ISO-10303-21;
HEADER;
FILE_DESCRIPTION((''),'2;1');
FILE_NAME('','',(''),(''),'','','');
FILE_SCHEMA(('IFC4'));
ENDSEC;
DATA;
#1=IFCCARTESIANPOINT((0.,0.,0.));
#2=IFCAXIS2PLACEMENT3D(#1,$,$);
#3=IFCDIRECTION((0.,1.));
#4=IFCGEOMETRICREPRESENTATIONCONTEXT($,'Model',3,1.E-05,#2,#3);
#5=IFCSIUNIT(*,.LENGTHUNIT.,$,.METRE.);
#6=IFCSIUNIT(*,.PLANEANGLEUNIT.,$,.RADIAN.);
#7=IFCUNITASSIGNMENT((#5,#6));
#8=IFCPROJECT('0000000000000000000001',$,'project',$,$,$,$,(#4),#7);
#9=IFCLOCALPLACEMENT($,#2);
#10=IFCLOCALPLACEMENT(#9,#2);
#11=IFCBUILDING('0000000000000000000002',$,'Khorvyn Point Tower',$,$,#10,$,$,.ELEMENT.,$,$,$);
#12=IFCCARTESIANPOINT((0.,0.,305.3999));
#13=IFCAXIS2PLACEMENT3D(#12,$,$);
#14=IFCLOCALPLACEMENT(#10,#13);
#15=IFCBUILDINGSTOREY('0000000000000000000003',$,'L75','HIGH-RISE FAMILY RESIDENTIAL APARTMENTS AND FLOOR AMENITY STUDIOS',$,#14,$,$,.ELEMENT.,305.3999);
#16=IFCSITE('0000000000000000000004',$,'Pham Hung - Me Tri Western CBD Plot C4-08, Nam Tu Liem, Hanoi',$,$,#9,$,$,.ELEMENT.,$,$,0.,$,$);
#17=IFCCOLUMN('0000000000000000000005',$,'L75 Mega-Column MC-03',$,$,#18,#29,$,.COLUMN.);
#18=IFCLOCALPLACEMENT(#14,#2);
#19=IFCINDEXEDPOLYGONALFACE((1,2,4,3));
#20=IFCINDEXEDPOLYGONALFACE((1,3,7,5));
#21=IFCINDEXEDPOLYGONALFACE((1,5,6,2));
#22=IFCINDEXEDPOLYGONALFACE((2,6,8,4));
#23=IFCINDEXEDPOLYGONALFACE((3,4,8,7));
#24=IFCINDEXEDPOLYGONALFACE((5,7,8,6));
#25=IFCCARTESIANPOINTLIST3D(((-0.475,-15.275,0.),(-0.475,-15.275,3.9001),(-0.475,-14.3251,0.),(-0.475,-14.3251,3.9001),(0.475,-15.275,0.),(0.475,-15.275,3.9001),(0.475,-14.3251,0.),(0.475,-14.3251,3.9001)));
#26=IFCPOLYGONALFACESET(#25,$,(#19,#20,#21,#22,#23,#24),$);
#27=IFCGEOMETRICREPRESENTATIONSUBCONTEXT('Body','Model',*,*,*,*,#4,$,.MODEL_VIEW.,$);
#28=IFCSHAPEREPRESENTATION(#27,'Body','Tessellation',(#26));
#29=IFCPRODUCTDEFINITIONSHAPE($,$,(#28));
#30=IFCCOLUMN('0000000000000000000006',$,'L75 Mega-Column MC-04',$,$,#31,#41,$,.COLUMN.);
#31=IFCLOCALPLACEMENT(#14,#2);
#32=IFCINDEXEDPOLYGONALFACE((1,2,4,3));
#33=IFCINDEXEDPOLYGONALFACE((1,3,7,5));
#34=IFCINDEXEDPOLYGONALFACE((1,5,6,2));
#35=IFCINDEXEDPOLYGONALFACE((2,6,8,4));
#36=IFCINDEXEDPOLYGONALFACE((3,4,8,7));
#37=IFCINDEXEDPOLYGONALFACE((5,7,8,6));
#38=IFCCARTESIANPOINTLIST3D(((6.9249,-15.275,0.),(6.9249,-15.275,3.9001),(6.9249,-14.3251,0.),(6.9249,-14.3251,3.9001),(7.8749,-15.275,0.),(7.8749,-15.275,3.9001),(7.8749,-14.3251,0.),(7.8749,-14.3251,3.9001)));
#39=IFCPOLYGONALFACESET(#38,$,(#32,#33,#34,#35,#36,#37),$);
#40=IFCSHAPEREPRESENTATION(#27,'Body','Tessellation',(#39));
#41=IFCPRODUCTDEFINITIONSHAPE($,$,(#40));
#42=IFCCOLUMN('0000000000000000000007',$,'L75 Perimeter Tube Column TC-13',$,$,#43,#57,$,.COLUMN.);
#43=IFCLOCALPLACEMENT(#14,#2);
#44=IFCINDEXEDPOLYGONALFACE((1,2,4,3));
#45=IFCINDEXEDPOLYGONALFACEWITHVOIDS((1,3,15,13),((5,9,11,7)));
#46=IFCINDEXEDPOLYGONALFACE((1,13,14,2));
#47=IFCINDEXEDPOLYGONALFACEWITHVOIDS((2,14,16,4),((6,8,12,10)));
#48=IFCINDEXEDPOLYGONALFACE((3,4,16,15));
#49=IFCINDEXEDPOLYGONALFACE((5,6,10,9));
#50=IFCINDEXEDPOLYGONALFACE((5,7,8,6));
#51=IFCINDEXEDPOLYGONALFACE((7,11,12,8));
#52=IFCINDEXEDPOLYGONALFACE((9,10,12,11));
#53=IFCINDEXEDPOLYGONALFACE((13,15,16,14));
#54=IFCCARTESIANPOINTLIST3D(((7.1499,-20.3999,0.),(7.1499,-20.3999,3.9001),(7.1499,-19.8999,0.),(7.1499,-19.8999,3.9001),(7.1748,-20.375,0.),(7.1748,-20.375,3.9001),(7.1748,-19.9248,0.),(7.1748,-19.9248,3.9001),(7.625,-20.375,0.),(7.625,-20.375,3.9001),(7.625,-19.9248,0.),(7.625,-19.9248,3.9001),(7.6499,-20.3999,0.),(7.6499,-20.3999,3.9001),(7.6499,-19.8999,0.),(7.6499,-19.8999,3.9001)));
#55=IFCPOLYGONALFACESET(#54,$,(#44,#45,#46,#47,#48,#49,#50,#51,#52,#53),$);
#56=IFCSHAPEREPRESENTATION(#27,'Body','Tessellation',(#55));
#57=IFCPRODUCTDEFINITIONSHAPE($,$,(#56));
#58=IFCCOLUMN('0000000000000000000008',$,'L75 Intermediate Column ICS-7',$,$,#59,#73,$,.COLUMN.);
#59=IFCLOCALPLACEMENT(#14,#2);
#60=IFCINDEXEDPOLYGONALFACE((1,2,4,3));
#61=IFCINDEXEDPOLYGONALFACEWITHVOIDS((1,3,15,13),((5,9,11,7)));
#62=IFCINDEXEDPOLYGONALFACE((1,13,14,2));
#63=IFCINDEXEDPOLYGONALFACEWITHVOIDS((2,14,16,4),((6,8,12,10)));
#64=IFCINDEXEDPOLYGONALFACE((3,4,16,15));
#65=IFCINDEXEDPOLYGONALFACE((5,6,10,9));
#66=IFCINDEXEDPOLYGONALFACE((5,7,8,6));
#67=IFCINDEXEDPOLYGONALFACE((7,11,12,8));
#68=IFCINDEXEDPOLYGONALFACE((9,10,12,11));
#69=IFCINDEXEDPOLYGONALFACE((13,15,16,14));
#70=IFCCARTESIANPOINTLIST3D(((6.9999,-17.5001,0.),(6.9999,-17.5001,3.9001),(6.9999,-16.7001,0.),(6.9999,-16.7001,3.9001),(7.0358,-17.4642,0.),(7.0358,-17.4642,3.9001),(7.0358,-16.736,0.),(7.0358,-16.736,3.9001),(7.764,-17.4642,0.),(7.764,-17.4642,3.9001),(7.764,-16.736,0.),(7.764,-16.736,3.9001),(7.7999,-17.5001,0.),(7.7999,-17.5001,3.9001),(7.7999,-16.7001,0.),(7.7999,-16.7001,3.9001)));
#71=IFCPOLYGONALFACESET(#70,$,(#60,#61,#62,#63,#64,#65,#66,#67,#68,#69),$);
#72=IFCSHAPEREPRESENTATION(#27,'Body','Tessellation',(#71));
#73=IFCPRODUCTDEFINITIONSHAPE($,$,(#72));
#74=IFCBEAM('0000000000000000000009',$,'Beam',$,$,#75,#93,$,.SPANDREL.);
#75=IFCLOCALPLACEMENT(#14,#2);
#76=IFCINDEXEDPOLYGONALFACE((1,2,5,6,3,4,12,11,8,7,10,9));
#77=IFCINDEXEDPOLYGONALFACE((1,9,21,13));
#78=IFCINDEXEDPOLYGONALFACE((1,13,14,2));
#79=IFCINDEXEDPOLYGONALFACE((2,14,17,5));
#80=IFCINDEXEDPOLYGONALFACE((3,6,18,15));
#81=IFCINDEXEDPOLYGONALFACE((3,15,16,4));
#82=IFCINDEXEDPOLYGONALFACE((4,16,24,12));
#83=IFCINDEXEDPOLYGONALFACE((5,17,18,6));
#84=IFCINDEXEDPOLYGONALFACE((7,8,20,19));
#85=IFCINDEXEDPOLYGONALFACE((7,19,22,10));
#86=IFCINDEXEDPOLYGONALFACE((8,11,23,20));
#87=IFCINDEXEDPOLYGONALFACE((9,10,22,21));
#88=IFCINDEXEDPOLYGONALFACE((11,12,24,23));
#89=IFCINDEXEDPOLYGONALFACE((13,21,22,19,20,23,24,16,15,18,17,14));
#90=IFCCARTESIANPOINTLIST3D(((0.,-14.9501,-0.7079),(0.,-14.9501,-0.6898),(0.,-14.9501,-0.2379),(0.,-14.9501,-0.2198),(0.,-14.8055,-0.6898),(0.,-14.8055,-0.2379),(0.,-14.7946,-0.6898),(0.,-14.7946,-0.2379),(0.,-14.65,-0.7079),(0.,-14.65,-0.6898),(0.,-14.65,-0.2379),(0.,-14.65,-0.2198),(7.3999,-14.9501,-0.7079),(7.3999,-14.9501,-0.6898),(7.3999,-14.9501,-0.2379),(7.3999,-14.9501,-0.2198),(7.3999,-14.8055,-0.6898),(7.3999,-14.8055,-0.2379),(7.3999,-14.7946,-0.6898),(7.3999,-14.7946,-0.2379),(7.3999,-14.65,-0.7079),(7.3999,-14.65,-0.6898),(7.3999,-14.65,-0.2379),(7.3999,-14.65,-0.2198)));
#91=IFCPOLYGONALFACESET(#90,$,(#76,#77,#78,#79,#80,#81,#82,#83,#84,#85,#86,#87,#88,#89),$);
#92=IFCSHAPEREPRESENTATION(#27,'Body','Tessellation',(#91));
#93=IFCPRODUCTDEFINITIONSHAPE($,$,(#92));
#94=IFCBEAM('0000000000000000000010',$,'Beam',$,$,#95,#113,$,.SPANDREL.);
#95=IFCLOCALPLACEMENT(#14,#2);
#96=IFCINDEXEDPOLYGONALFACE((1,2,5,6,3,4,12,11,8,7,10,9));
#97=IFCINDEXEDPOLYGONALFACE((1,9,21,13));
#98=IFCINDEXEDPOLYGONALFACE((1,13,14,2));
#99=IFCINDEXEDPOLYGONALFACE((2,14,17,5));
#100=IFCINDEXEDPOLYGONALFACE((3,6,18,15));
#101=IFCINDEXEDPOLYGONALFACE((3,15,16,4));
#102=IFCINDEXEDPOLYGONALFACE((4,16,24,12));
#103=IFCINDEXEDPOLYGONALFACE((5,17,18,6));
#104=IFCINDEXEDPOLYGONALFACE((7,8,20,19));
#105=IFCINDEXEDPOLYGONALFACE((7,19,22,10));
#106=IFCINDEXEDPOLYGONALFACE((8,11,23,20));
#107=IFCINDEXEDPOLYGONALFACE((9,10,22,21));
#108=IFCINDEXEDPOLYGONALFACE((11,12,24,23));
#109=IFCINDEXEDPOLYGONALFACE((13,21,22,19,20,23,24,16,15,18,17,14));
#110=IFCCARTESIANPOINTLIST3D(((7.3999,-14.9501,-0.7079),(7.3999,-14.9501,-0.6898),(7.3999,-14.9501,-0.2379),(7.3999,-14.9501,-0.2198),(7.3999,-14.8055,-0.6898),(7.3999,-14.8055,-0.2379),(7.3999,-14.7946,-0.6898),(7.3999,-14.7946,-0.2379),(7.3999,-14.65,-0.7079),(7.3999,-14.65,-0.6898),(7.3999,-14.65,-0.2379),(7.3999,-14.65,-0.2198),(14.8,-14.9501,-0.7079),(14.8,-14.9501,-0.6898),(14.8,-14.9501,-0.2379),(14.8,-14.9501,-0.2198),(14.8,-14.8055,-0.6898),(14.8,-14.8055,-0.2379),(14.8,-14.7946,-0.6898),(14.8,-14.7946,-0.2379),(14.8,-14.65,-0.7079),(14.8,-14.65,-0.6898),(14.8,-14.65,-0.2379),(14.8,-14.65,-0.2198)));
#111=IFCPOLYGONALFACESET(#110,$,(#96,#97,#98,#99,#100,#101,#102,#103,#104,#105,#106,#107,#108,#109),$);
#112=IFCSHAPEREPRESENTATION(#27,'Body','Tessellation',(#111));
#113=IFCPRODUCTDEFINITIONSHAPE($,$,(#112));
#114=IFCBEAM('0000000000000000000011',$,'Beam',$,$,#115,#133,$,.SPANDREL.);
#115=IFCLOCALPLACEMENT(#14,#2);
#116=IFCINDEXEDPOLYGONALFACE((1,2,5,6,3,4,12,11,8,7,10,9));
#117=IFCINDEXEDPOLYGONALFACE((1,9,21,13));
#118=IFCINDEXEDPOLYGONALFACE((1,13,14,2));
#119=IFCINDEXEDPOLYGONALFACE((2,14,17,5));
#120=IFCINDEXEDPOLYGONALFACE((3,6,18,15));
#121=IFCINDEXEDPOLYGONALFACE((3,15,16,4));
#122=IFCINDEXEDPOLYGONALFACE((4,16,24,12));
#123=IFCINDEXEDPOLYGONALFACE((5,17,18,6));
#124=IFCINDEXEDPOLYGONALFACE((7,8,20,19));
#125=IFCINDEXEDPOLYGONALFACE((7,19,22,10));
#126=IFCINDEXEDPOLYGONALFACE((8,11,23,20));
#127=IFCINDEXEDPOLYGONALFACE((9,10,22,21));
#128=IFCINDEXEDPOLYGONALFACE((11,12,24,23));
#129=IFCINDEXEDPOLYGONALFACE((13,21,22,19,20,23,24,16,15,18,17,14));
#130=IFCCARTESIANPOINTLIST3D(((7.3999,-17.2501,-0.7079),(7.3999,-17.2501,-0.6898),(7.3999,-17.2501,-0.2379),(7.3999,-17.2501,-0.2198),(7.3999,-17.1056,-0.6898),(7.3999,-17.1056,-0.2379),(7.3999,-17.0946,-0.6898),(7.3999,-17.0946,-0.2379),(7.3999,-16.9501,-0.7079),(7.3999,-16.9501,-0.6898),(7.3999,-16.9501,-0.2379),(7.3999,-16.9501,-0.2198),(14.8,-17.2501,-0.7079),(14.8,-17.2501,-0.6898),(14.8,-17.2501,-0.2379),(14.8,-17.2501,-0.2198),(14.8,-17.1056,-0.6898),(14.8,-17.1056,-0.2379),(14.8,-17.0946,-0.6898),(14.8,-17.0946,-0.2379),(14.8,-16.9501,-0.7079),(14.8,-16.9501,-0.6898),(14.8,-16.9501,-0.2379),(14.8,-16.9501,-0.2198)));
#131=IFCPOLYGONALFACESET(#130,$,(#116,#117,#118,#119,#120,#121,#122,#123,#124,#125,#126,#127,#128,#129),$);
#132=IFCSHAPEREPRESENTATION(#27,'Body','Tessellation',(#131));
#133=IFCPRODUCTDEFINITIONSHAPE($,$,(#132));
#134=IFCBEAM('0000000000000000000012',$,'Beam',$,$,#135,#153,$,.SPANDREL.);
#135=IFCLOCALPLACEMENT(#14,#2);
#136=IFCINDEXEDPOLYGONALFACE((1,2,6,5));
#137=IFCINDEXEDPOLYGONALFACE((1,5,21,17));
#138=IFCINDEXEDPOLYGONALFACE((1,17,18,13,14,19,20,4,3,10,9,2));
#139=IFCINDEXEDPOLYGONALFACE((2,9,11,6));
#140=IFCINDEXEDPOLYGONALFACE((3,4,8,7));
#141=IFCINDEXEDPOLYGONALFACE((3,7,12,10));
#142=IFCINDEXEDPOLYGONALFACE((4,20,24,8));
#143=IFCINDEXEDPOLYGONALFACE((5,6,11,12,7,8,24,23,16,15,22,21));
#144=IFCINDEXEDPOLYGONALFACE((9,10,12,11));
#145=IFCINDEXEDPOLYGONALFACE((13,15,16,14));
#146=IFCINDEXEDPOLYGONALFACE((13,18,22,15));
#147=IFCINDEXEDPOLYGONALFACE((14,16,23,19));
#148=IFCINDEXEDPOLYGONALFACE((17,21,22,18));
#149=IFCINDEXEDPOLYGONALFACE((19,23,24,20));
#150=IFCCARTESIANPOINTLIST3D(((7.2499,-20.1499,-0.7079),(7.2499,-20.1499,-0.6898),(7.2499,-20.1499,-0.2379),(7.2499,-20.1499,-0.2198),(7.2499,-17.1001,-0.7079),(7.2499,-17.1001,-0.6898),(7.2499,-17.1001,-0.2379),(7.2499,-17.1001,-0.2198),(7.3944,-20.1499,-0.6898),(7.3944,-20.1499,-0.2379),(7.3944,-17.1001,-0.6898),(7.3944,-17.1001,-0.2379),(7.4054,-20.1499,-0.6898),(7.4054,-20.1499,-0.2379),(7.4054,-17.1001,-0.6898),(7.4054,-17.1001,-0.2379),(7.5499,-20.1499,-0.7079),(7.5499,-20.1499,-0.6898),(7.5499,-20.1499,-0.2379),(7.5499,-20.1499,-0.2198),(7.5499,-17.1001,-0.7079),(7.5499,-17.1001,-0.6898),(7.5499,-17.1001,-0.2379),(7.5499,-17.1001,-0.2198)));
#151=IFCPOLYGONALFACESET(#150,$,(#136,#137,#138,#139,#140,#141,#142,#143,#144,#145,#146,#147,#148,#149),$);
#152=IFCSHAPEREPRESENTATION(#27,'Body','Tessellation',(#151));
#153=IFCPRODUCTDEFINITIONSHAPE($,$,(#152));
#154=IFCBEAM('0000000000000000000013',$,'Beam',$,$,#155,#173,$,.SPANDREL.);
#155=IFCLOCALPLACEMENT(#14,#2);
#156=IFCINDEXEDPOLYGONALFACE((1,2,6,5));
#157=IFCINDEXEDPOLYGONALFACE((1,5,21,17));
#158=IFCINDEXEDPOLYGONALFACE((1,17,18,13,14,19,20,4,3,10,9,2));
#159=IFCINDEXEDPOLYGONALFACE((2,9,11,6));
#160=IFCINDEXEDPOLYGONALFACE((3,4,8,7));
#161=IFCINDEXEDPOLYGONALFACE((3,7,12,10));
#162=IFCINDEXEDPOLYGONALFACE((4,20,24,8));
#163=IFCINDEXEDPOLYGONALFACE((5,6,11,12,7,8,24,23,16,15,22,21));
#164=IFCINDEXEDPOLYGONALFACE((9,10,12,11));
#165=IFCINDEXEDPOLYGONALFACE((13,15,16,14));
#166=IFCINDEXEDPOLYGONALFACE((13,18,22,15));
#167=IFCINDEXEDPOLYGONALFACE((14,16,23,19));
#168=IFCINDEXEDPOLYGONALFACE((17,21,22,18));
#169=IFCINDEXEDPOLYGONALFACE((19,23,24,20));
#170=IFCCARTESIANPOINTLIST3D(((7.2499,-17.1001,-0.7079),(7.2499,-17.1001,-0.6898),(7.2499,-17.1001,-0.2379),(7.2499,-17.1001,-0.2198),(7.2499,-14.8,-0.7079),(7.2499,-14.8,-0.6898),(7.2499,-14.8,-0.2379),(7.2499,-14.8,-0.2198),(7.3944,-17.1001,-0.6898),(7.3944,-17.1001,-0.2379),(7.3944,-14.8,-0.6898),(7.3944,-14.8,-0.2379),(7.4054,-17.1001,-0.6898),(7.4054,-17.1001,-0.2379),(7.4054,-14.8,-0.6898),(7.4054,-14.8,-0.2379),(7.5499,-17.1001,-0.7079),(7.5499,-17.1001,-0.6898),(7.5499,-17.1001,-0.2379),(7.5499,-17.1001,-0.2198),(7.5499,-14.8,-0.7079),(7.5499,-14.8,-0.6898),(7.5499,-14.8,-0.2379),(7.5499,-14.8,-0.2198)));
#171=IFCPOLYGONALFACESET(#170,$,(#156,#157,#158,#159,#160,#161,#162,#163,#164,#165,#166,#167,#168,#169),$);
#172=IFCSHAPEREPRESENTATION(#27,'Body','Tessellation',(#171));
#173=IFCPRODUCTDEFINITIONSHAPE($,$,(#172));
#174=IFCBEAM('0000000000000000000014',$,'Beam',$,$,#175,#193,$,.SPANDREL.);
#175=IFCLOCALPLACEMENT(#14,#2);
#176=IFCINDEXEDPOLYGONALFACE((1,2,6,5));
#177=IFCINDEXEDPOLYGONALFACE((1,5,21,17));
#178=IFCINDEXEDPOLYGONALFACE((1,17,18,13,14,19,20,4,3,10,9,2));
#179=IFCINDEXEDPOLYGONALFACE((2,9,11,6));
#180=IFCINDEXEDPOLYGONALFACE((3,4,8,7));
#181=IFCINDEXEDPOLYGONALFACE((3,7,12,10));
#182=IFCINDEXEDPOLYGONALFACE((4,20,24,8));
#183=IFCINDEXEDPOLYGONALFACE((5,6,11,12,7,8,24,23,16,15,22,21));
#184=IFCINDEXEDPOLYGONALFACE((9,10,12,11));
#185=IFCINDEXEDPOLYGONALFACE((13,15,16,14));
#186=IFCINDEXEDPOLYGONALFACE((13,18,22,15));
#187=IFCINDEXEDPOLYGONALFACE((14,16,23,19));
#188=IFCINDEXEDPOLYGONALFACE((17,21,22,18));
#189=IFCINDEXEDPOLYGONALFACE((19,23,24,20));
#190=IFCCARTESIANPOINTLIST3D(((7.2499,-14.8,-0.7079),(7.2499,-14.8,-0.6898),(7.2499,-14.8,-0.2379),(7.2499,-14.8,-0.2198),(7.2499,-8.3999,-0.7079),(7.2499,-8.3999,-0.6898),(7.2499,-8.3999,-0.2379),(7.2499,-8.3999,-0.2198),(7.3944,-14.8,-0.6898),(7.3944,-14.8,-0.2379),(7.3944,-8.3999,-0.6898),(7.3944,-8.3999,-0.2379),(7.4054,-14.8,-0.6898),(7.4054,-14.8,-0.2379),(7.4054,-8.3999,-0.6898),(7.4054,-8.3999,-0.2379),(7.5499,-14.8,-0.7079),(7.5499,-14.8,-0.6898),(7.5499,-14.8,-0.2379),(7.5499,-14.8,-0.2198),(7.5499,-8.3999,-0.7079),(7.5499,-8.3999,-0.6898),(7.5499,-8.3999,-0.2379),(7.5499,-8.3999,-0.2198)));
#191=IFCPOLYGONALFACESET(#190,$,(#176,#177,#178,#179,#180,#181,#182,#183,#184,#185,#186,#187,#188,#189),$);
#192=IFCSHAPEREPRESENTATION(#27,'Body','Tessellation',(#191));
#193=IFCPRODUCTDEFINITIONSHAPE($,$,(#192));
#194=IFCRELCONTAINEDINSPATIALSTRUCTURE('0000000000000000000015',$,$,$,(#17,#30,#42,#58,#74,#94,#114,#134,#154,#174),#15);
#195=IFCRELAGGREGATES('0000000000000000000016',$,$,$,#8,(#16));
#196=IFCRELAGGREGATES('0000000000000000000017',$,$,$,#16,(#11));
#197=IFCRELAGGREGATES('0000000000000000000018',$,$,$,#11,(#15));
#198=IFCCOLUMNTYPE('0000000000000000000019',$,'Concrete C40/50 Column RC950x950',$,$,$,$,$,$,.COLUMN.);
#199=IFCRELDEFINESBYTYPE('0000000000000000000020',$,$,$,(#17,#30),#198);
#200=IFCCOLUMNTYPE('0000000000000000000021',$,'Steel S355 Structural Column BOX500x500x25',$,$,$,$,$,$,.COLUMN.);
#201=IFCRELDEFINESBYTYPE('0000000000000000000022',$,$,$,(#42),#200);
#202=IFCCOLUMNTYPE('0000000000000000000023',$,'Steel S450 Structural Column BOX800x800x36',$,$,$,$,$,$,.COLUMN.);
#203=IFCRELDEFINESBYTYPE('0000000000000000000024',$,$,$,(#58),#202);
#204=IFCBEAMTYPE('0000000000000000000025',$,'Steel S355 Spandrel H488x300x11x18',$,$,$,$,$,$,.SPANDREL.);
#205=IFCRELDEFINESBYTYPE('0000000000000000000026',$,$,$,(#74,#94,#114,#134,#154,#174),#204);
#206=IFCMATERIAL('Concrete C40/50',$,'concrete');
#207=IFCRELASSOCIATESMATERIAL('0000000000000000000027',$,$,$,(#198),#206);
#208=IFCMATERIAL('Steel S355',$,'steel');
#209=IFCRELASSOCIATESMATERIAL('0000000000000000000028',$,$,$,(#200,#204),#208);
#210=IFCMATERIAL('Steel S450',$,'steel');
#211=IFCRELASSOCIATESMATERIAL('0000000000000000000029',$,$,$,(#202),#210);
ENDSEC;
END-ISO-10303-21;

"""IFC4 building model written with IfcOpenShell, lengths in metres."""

from ifc_helpers import new_model, si_unit, direction, frame, origin, origin_2d, place, context, subcontext, project, spatial, rectangle, hollow_rectangle, i_section, extrude, material, material_profile, profile_set, type_object, element, save


model = new_model("IFC4")

# Units and contexts
model_context = context("Model", 3, precision=1e-05, world=origin(), true_north=direction((0.0, 1.0)))
body_context = subcontext(model_context, "Body", "Model", "MODEL_VIEW")
ifc_project = project(units=[si_unit("LENGTHUNIT", "METRE"), si_unit("PLANEANGLEUNIT", "RADIAN")], contexts=[model_context])

# Site, building, storey
site_placement = place(None, origin())
site = spatial("IfcSite", under=ifc_project, at=site_placement, Name="Pham Hung - Me Tri Western CBD Plot C4-08, Nam Tu Liem, Hanoi", CompositionType="ELEMENT", RefElevation=0.0)
building_placement = place(site_placement, origin())
building = spatial("IfcBuilding", under=site, at=building_placement, Name="Khorvyn Point Tower", CompositionType="ELEMENT")
storey_placement = place(building_placement, frame((0.0, 0.0, 305.3999)))
storey = spatial("IfcBuildingStorey", under=building, at=storey_placement, Name="L75", Description="HIGH-RISE FAMILY RESIDENTIAL APARTMENTS AND FLOOR AMENITY STUDIOS", CompositionType="ELEMENT", Elevation=305.3999)

# Columns
ifc_material_1 = material(Name="Concrete C40/50", Category="concrete")
ifc_material_profile_1 = material_profile(ifc_material_1, rectangle(XDim=0.95, YDim=0.95, at=origin_2d()))
ifc_profile_set_1 = profile_set([ifc_material_profile_1], Name="Concrete C40/50 RC950x950")
column_type_1 = type_object("IfcColumnType", Name="Concrete C40/50 Column RC950x950", PredefinedType="COLUMN", material=ifc_profile_set_1)
for number, where, z_axis, x_axis, name in (
    (1, (0.0, -14.8, 0.0), (0.0, 0.0, 1.0), (1.0, 0.0, 0.0), "L75 Mega-Column MC-03"),
    (2, (7.3999, -14.8, 0.0), (0.0, 0.0, 1.0), (1.0, 0.0, 0.0), "L75 Mega-Column MC-04"),
):
    element("IfcColumn", number, at=place(storey_placement, frame(where, z_axis=z_axis, x_axis=x_axis)), inside=storey, type_object=column_type_1, Name=name, PredefinedType="COLUMN", context=body_context, shape_type="SweptSolid", body=[
        extrude(rectangle(XDim=0.95, YDim=0.95, at=origin_2d()), origin(), (0.0, 0.0, 1.0), 3.9001),
    ])
ifc_material_2 = material(Name="Steel S355", Category="steel")
ifc_material_profile_2 = material_profile(ifc_material_2, hollow_rectangle(XDim=0.5, YDim=0.5, WallThickness=0.0249, at=origin_2d()))
ifc_profile_set_2 = profile_set([ifc_material_profile_2], Name="Steel S355 BOX500x500x25")
column_type_2 = type_object("IfcColumnType", Name="Steel S355 Structural Column BOX500x500x25", PredefinedType="COLUMN", material=ifc_profile_set_2)
column_1_placement = place(storey_placement, frame((7.3999, -20.1499, 0.0), z_axis=(0.0, 0.0, 1.0), x_axis=(1.0, 0.0, 0.0)))
element("IfcColumn", 3, at=column_1_placement, inside=storey, type_object=column_type_2, Name="L75 Perimeter Tube Column TC-13", PredefinedType="COLUMN", context=body_context, shape_type="SweptSolid", body=[
    extrude(hollow_rectangle(XDim=0.5, YDim=0.5, WallThickness=0.0249, at=origin_2d()), origin(), (0.0, 0.0, 1.0), 3.9001),
])
ifc_material_3 = material(Name="Steel S450", Category="steel")
ifc_material_profile_3 = material_profile(ifc_material_3, hollow_rectangle(XDim=0.8, YDim=0.8, WallThickness=0.0359, at=origin_2d()))
ifc_profile_set_3 = profile_set([ifc_material_profile_3], Name="Steel S450 BOX800x800x36")
column_type_3 = type_object("IfcColumnType", Name="Steel S450 Structural Column BOX800x800x36", PredefinedType="COLUMN", material=ifc_profile_set_3)
column_2_placement = place(storey_placement, frame((7.3999, -17.1001, 0.0), z_axis=(0.0, 0.0, 1.0), x_axis=(1.0, 0.0, 0.0)))
element("IfcColumn", 4, at=column_2_placement, inside=storey, type_object=column_type_3, Name="L75 Intermediate Column ICS-7", PredefinedType="COLUMN", context=body_context, shape_type="SweptSolid", body=[
    extrude(hollow_rectangle(XDim=0.8, YDim=0.8, WallThickness=0.0359, at=origin_2d()), origin(), (0.0, 0.0, 1.0), 3.9001),
])

# Beams
ifc_material_profile_4 = material_profile(ifc_material_2, i_section(OverallWidth=0.3, OverallDepth=0.488, WebThickness=0.011, FlangeThickness=0.0181, at=origin_2d()))
ifc_profile_set_4 = profile_set([ifc_material_profile_4], Name="Steel S355 H488x300x11x18")
beam_type_1 = type_object("IfcBeamType", Name="Steel S355 Spandrel H488x300x11x18", PredefinedType="SPANDREL", material=ifc_profile_set_4)
beam_1_placement = place(storey_placement, frame((0.0, -14.8, -0.4639), z_axis=(1.0, 0.0, 0.0), x_axis=(0.0, 1.0, 0.0)))
element("IfcBeam", 5, at=beam_1_placement, inside=storey, type_object=beam_type_1, Name="Beam", PredefinedType="SPANDREL", context=body_context, shape_type="SweptSolid", body=[
    extrude(i_section(OverallWidth=0.3, OverallDepth=0.488, WebThickness=0.011, FlangeThickness=0.0181, at=origin_2d()), origin(), (0.0, 0.0, 1.0), 7.3999),
])
for number, where, z_axis, x_axis, name in (
    (6, (7.3999, -14.8, -0.4639), (1.0, 0.0, 0.0), (0.0, 1.0, 0.0), "Beam"),
    (7, (7.3999, -17.1001, -0.4639), (1.0, 0.0, 0.0), (0.0, 1.0, 0.0), "Beam"),
):
    element("IfcBeam", number, at=place(storey_placement, frame(where, z_axis=z_axis, x_axis=x_axis)), inside=storey, type_object=beam_type_1, Name=name, PredefinedType="SPANDREL", context=body_context, shape_type="SweptSolid", body=[
        extrude(i_section(OverallWidth=0.3, OverallDepth=0.488, WebThickness=0.011, FlangeThickness=0.0181, at=origin_2d()), origin(), (0.0, 0.0, 1.0), 7.4001),
    ])
beam_2_placement = place(storey_placement, frame((7.3999, -20.1499, -0.4639), z_axis=(0.0, 1.0, 0.0), x_axis=(-1.0, 0.0, 0.0)))
element("IfcBeam", 8, at=beam_2_placement, inside=storey, type_object=beam_type_1, Name="Beam", PredefinedType="SPANDREL", context=body_context, shape_type="SweptSolid", body=[
    extrude(i_section(OverallWidth=0.3, OverallDepth=0.488, WebThickness=0.011, FlangeThickness=0.0181, at=origin_2d()), origin(), (0.0, 0.0, 1.0), 3.0498),
])
beam_3_placement = place(storey_placement, frame((7.3999, -17.1001, -0.4639), z_axis=(0.0, 1.0, 0.0), x_axis=(-1.0, 0.0, 0.0)))
element("IfcBeam", 9, at=beam_3_placement, inside=storey, type_object=beam_type_1, Name="Beam", PredefinedType="SPANDREL", context=body_context, shape_type="SweptSolid", body=[
    extrude(i_section(OverallWidth=0.3, OverallDepth=0.488, WebThickness=0.011, FlangeThickness=0.0181, at=origin_2d()), origin(), (0.0, 0.0, 1.0), 2.3),
])
beam_4_placement = place(storey_placement, frame((7.3999, -14.8, -0.4639), z_axis=(0.0, 1.0, 0.0), x_axis=(-1.0, 0.0, 0.0)))
element("IfcBeam", 10, at=beam_4_placement, inside=storey, type_object=beam_type_1, Name="Beam", PredefinedType="SPANDREL", context=body_context, shape_type="SweptSolid", body=[
    extrude(i_section(OverallWidth=0.3, OverallDepth=0.488, WebThickness=0.011, FlangeThickness=0.0181, at=origin_2d()), origin(), (0.0, 0.0, 1.0), 6.4001),
])

save(model, "model.ifc")
